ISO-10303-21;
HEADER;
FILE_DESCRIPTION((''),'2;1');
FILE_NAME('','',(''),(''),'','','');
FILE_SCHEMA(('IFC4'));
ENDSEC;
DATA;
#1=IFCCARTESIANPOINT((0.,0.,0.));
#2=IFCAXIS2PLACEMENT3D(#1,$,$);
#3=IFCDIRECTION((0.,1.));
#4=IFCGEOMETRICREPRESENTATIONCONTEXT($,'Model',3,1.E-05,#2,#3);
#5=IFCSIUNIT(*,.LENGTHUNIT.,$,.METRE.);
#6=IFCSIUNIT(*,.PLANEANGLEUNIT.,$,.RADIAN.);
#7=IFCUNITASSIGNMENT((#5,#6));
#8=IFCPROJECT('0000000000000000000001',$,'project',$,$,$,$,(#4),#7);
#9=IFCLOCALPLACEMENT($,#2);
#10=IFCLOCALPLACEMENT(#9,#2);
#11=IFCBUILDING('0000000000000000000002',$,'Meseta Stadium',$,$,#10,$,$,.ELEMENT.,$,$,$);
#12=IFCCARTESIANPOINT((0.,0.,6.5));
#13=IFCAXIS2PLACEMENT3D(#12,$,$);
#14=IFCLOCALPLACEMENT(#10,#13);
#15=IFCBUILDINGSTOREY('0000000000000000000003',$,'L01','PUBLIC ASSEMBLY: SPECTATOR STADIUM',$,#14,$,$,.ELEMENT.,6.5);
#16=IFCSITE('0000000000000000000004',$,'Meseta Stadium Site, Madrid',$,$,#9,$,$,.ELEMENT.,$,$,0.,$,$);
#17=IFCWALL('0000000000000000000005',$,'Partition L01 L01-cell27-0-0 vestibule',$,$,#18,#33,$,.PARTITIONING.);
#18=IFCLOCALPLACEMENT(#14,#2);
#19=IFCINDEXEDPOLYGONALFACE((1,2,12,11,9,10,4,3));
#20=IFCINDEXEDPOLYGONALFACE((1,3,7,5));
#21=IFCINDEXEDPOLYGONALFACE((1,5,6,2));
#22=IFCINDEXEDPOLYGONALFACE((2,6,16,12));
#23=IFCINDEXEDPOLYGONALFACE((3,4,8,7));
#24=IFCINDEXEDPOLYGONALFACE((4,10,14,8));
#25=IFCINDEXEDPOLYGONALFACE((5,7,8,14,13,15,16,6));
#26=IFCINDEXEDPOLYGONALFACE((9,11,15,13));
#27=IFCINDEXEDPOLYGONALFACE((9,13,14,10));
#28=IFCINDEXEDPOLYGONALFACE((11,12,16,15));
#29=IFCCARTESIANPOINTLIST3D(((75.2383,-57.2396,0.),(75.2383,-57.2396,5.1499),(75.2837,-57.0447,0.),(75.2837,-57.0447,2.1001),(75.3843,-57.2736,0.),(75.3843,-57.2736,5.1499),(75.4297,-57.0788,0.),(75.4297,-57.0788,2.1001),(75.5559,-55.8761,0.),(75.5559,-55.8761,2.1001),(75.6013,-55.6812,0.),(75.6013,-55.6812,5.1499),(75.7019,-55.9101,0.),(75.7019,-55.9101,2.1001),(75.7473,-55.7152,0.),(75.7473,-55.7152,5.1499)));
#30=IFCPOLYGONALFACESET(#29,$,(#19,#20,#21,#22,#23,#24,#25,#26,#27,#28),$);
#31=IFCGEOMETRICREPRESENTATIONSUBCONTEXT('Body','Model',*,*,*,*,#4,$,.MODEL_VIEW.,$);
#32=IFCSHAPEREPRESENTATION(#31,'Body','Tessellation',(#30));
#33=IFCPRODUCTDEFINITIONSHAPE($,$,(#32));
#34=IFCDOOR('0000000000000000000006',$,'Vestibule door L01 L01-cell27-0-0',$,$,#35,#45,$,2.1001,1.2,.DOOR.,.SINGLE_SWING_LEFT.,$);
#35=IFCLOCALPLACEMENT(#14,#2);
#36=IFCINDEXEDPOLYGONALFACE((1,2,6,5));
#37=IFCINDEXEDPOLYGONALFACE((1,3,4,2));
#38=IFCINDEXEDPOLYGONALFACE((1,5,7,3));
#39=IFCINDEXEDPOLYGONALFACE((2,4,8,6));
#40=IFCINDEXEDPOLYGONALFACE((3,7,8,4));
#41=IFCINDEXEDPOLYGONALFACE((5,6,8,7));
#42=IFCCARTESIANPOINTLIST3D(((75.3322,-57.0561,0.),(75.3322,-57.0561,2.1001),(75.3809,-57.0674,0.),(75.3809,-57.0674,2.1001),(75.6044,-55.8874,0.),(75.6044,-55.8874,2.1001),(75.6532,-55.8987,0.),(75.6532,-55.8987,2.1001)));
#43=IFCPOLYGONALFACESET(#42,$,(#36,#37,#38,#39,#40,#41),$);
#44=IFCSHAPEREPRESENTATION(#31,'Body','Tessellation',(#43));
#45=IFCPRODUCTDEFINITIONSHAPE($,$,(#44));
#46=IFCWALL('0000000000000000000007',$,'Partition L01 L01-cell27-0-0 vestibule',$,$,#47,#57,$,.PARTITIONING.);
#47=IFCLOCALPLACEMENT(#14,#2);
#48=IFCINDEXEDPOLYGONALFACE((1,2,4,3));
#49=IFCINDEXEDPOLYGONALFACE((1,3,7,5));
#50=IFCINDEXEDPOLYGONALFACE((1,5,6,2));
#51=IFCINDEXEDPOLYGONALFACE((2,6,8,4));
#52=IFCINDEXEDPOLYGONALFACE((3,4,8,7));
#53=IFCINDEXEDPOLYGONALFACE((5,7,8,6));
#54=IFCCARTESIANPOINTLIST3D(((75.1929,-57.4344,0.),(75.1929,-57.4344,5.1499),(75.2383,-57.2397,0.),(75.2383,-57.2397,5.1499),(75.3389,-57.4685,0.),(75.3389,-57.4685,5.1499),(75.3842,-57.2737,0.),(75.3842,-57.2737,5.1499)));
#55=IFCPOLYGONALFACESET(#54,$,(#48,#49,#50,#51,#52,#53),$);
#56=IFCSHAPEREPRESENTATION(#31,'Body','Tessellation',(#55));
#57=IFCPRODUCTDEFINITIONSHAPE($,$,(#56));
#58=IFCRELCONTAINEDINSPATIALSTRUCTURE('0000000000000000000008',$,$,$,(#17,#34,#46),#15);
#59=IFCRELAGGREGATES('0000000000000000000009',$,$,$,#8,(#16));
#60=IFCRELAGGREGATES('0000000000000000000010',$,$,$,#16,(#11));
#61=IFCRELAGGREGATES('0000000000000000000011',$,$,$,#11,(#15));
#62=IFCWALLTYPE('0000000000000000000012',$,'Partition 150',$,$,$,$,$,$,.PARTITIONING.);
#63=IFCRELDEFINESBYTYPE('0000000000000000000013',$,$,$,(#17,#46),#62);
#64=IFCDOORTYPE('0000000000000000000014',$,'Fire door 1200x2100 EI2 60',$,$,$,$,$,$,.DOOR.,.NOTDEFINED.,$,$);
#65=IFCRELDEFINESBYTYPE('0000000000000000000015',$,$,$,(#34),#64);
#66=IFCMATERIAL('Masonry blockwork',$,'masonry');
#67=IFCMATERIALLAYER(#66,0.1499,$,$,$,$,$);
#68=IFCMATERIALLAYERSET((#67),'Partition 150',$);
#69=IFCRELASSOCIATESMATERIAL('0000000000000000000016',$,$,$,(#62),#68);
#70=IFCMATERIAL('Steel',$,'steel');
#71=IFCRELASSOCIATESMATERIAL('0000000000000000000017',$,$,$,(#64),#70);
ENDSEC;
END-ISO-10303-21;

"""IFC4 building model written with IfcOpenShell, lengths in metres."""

from ifc_helpers import new_model, si_unit, direction, frame, frame_2d, origin, place, context, subcontext, project, spatial, rectangle, extrude, material, layer, layer_set, type_object, element, fill, save


model = new_model("IFC4")

# Units and contexts
model_context = context("Model", 3, precision=1e-05, world=origin(), true_north=direction((0.0, 1.0)))
body_context = subcontext(model_context, "Body", "Model", "MODEL_VIEW")
ifc_project = project(units=[si_unit("LENGTHUNIT", "METRE"), si_unit("PLANEANGLEUNIT", "RADIAN")], contexts=[model_context])

# Site, building, storey
site_placement = place(None, origin())
site = spatial("IfcSite", under=ifc_project, at=site_placement, Name="Meseta Stadium Site, Madrid", CompositionType="ELEMENT", RefElevation=0.0)
building_placement = place(site_placement, origin())
building = spatial("IfcBuilding", under=site, at=building_placement, Name="Meseta Stadium", CompositionType="ELEMENT")
storey_placement = place(building_placement, frame((0.0, 0.0, 6.5)))
storey = spatial("IfcBuildingStorey", under=building, at=storey_placement, Name="L01", Description="PUBLIC ASSEMBLY: SPECTATOR STADIUM", CompositionType="ELEMENT", Elevation=6.5)

# Shared definitions
ifc_material_1 = material(Name="Masonry blockwork", Category="masonry")
ifc_layer = layer(ifc_material_1, 0.1499)
ifc_layer_set = layer_set([ifc_layer], Name="Partition 150")
wall_type = type_object("IfcWallType", Name="Partition 150", PredefinedType="PARTITIONING", material=ifc_layer_set)
ifc_material_2 = material(Name="Steel", Category="steel")
door_type = type_object("IfcDoorType", Name="Fire door 1200x2100 EI2 60", OperationType="NOTDEFINED", PredefinedType="DOOR", material=ifc_material_2)

# Wall, opening, door
wall_1_placement = place(storey_placement, frame((75.6743, -55.6982, 0.0), z_axis=(0.0, 0.0, 1.0), x_axis=(-0.226887, -0.973921, 0.0)))
wall_1 = element("IfcWall", 1, at=wall_1_placement, inside=storey, type_object=wall_type, Name="Partition L01 L01-cell27-0-0 vestibule", PredefinedType="PARTITIONING", context=body_context, shape_type="SweptSolid", body=[
    extrude(rectangle(XDim=1.6001, YDim=0.1499, at=frame_2d((0.8, 0.0))), origin(), (0.0, 0.0, 1.0), 5.1499),
])
opening_1_placement = place(wall_1_placement, frame((0.2, 0.0, 0.0)))
opening_1 = element("IfcOpeningElement", 2, at=opening_1_placement, cuts=wall_1, PredefinedType="OPENING", context=body_context, shape_type="SweptSolid", body=[
    extrude(rectangle(XDim=1.2, YDim=2.1001, at=frame_2d((0.6001, 1.05))), frame((0.0, 0.085, 0.0), z_axis=(0.0, -1.0, 0.0), x_axis=(1.0, 0.0, 0.0)), (0.0, 0.0, 1.0), 0.1699),
])
door_1_placement = place(opening_1_placement, origin())
door_1 = element("IfcDoor", 3, at=door_1_placement, inside=storey, type_object=door_type, Name="Vestibule door L01 L01-cell27-0-0", OperationType="SINGLE_SWING_LEFT", OverallHeight=2.1001, OverallWidth=1.2, PredefinedType="DOOR", context=body_context, shape_type="SweptSolid", body=[
    extrude(rectangle(XDim=1.2, YDim=2.1001, at=frame_2d((0.6001, 1.05))), frame((0.0, 0.0249, 0.0), z_axis=(0.0, -1.0, 0.0), x_axis=(1.0, 0.0, 0.0)), (0.0, 0.0, 1.0), 0.05),
])
fill(opening_1, door_1)

# Wall
wall_2_placement = place(storey_placement, frame((75.3113, -57.2566, 0.0), z_axis=(0.0, 0.0, 1.0), x_axis=(-0.226998, -0.973895, 0.0)))
element("IfcWall", 4, at=wall_2_placement, inside=storey, type_object=wall_type, Name="Partition L01 L01-cell27-0-0 vestibule", PredefinedType="PARTITIONING", context=body_context, shape_type="SweptSolid", body=[
    extrude(rectangle(XDim=0.2, YDim=0.1499, at=frame_2d((0.1001, 0.0))), origin(), (0.0, 0.0, 1.0), 5.1499),
])

save(model, "model.ifc")
